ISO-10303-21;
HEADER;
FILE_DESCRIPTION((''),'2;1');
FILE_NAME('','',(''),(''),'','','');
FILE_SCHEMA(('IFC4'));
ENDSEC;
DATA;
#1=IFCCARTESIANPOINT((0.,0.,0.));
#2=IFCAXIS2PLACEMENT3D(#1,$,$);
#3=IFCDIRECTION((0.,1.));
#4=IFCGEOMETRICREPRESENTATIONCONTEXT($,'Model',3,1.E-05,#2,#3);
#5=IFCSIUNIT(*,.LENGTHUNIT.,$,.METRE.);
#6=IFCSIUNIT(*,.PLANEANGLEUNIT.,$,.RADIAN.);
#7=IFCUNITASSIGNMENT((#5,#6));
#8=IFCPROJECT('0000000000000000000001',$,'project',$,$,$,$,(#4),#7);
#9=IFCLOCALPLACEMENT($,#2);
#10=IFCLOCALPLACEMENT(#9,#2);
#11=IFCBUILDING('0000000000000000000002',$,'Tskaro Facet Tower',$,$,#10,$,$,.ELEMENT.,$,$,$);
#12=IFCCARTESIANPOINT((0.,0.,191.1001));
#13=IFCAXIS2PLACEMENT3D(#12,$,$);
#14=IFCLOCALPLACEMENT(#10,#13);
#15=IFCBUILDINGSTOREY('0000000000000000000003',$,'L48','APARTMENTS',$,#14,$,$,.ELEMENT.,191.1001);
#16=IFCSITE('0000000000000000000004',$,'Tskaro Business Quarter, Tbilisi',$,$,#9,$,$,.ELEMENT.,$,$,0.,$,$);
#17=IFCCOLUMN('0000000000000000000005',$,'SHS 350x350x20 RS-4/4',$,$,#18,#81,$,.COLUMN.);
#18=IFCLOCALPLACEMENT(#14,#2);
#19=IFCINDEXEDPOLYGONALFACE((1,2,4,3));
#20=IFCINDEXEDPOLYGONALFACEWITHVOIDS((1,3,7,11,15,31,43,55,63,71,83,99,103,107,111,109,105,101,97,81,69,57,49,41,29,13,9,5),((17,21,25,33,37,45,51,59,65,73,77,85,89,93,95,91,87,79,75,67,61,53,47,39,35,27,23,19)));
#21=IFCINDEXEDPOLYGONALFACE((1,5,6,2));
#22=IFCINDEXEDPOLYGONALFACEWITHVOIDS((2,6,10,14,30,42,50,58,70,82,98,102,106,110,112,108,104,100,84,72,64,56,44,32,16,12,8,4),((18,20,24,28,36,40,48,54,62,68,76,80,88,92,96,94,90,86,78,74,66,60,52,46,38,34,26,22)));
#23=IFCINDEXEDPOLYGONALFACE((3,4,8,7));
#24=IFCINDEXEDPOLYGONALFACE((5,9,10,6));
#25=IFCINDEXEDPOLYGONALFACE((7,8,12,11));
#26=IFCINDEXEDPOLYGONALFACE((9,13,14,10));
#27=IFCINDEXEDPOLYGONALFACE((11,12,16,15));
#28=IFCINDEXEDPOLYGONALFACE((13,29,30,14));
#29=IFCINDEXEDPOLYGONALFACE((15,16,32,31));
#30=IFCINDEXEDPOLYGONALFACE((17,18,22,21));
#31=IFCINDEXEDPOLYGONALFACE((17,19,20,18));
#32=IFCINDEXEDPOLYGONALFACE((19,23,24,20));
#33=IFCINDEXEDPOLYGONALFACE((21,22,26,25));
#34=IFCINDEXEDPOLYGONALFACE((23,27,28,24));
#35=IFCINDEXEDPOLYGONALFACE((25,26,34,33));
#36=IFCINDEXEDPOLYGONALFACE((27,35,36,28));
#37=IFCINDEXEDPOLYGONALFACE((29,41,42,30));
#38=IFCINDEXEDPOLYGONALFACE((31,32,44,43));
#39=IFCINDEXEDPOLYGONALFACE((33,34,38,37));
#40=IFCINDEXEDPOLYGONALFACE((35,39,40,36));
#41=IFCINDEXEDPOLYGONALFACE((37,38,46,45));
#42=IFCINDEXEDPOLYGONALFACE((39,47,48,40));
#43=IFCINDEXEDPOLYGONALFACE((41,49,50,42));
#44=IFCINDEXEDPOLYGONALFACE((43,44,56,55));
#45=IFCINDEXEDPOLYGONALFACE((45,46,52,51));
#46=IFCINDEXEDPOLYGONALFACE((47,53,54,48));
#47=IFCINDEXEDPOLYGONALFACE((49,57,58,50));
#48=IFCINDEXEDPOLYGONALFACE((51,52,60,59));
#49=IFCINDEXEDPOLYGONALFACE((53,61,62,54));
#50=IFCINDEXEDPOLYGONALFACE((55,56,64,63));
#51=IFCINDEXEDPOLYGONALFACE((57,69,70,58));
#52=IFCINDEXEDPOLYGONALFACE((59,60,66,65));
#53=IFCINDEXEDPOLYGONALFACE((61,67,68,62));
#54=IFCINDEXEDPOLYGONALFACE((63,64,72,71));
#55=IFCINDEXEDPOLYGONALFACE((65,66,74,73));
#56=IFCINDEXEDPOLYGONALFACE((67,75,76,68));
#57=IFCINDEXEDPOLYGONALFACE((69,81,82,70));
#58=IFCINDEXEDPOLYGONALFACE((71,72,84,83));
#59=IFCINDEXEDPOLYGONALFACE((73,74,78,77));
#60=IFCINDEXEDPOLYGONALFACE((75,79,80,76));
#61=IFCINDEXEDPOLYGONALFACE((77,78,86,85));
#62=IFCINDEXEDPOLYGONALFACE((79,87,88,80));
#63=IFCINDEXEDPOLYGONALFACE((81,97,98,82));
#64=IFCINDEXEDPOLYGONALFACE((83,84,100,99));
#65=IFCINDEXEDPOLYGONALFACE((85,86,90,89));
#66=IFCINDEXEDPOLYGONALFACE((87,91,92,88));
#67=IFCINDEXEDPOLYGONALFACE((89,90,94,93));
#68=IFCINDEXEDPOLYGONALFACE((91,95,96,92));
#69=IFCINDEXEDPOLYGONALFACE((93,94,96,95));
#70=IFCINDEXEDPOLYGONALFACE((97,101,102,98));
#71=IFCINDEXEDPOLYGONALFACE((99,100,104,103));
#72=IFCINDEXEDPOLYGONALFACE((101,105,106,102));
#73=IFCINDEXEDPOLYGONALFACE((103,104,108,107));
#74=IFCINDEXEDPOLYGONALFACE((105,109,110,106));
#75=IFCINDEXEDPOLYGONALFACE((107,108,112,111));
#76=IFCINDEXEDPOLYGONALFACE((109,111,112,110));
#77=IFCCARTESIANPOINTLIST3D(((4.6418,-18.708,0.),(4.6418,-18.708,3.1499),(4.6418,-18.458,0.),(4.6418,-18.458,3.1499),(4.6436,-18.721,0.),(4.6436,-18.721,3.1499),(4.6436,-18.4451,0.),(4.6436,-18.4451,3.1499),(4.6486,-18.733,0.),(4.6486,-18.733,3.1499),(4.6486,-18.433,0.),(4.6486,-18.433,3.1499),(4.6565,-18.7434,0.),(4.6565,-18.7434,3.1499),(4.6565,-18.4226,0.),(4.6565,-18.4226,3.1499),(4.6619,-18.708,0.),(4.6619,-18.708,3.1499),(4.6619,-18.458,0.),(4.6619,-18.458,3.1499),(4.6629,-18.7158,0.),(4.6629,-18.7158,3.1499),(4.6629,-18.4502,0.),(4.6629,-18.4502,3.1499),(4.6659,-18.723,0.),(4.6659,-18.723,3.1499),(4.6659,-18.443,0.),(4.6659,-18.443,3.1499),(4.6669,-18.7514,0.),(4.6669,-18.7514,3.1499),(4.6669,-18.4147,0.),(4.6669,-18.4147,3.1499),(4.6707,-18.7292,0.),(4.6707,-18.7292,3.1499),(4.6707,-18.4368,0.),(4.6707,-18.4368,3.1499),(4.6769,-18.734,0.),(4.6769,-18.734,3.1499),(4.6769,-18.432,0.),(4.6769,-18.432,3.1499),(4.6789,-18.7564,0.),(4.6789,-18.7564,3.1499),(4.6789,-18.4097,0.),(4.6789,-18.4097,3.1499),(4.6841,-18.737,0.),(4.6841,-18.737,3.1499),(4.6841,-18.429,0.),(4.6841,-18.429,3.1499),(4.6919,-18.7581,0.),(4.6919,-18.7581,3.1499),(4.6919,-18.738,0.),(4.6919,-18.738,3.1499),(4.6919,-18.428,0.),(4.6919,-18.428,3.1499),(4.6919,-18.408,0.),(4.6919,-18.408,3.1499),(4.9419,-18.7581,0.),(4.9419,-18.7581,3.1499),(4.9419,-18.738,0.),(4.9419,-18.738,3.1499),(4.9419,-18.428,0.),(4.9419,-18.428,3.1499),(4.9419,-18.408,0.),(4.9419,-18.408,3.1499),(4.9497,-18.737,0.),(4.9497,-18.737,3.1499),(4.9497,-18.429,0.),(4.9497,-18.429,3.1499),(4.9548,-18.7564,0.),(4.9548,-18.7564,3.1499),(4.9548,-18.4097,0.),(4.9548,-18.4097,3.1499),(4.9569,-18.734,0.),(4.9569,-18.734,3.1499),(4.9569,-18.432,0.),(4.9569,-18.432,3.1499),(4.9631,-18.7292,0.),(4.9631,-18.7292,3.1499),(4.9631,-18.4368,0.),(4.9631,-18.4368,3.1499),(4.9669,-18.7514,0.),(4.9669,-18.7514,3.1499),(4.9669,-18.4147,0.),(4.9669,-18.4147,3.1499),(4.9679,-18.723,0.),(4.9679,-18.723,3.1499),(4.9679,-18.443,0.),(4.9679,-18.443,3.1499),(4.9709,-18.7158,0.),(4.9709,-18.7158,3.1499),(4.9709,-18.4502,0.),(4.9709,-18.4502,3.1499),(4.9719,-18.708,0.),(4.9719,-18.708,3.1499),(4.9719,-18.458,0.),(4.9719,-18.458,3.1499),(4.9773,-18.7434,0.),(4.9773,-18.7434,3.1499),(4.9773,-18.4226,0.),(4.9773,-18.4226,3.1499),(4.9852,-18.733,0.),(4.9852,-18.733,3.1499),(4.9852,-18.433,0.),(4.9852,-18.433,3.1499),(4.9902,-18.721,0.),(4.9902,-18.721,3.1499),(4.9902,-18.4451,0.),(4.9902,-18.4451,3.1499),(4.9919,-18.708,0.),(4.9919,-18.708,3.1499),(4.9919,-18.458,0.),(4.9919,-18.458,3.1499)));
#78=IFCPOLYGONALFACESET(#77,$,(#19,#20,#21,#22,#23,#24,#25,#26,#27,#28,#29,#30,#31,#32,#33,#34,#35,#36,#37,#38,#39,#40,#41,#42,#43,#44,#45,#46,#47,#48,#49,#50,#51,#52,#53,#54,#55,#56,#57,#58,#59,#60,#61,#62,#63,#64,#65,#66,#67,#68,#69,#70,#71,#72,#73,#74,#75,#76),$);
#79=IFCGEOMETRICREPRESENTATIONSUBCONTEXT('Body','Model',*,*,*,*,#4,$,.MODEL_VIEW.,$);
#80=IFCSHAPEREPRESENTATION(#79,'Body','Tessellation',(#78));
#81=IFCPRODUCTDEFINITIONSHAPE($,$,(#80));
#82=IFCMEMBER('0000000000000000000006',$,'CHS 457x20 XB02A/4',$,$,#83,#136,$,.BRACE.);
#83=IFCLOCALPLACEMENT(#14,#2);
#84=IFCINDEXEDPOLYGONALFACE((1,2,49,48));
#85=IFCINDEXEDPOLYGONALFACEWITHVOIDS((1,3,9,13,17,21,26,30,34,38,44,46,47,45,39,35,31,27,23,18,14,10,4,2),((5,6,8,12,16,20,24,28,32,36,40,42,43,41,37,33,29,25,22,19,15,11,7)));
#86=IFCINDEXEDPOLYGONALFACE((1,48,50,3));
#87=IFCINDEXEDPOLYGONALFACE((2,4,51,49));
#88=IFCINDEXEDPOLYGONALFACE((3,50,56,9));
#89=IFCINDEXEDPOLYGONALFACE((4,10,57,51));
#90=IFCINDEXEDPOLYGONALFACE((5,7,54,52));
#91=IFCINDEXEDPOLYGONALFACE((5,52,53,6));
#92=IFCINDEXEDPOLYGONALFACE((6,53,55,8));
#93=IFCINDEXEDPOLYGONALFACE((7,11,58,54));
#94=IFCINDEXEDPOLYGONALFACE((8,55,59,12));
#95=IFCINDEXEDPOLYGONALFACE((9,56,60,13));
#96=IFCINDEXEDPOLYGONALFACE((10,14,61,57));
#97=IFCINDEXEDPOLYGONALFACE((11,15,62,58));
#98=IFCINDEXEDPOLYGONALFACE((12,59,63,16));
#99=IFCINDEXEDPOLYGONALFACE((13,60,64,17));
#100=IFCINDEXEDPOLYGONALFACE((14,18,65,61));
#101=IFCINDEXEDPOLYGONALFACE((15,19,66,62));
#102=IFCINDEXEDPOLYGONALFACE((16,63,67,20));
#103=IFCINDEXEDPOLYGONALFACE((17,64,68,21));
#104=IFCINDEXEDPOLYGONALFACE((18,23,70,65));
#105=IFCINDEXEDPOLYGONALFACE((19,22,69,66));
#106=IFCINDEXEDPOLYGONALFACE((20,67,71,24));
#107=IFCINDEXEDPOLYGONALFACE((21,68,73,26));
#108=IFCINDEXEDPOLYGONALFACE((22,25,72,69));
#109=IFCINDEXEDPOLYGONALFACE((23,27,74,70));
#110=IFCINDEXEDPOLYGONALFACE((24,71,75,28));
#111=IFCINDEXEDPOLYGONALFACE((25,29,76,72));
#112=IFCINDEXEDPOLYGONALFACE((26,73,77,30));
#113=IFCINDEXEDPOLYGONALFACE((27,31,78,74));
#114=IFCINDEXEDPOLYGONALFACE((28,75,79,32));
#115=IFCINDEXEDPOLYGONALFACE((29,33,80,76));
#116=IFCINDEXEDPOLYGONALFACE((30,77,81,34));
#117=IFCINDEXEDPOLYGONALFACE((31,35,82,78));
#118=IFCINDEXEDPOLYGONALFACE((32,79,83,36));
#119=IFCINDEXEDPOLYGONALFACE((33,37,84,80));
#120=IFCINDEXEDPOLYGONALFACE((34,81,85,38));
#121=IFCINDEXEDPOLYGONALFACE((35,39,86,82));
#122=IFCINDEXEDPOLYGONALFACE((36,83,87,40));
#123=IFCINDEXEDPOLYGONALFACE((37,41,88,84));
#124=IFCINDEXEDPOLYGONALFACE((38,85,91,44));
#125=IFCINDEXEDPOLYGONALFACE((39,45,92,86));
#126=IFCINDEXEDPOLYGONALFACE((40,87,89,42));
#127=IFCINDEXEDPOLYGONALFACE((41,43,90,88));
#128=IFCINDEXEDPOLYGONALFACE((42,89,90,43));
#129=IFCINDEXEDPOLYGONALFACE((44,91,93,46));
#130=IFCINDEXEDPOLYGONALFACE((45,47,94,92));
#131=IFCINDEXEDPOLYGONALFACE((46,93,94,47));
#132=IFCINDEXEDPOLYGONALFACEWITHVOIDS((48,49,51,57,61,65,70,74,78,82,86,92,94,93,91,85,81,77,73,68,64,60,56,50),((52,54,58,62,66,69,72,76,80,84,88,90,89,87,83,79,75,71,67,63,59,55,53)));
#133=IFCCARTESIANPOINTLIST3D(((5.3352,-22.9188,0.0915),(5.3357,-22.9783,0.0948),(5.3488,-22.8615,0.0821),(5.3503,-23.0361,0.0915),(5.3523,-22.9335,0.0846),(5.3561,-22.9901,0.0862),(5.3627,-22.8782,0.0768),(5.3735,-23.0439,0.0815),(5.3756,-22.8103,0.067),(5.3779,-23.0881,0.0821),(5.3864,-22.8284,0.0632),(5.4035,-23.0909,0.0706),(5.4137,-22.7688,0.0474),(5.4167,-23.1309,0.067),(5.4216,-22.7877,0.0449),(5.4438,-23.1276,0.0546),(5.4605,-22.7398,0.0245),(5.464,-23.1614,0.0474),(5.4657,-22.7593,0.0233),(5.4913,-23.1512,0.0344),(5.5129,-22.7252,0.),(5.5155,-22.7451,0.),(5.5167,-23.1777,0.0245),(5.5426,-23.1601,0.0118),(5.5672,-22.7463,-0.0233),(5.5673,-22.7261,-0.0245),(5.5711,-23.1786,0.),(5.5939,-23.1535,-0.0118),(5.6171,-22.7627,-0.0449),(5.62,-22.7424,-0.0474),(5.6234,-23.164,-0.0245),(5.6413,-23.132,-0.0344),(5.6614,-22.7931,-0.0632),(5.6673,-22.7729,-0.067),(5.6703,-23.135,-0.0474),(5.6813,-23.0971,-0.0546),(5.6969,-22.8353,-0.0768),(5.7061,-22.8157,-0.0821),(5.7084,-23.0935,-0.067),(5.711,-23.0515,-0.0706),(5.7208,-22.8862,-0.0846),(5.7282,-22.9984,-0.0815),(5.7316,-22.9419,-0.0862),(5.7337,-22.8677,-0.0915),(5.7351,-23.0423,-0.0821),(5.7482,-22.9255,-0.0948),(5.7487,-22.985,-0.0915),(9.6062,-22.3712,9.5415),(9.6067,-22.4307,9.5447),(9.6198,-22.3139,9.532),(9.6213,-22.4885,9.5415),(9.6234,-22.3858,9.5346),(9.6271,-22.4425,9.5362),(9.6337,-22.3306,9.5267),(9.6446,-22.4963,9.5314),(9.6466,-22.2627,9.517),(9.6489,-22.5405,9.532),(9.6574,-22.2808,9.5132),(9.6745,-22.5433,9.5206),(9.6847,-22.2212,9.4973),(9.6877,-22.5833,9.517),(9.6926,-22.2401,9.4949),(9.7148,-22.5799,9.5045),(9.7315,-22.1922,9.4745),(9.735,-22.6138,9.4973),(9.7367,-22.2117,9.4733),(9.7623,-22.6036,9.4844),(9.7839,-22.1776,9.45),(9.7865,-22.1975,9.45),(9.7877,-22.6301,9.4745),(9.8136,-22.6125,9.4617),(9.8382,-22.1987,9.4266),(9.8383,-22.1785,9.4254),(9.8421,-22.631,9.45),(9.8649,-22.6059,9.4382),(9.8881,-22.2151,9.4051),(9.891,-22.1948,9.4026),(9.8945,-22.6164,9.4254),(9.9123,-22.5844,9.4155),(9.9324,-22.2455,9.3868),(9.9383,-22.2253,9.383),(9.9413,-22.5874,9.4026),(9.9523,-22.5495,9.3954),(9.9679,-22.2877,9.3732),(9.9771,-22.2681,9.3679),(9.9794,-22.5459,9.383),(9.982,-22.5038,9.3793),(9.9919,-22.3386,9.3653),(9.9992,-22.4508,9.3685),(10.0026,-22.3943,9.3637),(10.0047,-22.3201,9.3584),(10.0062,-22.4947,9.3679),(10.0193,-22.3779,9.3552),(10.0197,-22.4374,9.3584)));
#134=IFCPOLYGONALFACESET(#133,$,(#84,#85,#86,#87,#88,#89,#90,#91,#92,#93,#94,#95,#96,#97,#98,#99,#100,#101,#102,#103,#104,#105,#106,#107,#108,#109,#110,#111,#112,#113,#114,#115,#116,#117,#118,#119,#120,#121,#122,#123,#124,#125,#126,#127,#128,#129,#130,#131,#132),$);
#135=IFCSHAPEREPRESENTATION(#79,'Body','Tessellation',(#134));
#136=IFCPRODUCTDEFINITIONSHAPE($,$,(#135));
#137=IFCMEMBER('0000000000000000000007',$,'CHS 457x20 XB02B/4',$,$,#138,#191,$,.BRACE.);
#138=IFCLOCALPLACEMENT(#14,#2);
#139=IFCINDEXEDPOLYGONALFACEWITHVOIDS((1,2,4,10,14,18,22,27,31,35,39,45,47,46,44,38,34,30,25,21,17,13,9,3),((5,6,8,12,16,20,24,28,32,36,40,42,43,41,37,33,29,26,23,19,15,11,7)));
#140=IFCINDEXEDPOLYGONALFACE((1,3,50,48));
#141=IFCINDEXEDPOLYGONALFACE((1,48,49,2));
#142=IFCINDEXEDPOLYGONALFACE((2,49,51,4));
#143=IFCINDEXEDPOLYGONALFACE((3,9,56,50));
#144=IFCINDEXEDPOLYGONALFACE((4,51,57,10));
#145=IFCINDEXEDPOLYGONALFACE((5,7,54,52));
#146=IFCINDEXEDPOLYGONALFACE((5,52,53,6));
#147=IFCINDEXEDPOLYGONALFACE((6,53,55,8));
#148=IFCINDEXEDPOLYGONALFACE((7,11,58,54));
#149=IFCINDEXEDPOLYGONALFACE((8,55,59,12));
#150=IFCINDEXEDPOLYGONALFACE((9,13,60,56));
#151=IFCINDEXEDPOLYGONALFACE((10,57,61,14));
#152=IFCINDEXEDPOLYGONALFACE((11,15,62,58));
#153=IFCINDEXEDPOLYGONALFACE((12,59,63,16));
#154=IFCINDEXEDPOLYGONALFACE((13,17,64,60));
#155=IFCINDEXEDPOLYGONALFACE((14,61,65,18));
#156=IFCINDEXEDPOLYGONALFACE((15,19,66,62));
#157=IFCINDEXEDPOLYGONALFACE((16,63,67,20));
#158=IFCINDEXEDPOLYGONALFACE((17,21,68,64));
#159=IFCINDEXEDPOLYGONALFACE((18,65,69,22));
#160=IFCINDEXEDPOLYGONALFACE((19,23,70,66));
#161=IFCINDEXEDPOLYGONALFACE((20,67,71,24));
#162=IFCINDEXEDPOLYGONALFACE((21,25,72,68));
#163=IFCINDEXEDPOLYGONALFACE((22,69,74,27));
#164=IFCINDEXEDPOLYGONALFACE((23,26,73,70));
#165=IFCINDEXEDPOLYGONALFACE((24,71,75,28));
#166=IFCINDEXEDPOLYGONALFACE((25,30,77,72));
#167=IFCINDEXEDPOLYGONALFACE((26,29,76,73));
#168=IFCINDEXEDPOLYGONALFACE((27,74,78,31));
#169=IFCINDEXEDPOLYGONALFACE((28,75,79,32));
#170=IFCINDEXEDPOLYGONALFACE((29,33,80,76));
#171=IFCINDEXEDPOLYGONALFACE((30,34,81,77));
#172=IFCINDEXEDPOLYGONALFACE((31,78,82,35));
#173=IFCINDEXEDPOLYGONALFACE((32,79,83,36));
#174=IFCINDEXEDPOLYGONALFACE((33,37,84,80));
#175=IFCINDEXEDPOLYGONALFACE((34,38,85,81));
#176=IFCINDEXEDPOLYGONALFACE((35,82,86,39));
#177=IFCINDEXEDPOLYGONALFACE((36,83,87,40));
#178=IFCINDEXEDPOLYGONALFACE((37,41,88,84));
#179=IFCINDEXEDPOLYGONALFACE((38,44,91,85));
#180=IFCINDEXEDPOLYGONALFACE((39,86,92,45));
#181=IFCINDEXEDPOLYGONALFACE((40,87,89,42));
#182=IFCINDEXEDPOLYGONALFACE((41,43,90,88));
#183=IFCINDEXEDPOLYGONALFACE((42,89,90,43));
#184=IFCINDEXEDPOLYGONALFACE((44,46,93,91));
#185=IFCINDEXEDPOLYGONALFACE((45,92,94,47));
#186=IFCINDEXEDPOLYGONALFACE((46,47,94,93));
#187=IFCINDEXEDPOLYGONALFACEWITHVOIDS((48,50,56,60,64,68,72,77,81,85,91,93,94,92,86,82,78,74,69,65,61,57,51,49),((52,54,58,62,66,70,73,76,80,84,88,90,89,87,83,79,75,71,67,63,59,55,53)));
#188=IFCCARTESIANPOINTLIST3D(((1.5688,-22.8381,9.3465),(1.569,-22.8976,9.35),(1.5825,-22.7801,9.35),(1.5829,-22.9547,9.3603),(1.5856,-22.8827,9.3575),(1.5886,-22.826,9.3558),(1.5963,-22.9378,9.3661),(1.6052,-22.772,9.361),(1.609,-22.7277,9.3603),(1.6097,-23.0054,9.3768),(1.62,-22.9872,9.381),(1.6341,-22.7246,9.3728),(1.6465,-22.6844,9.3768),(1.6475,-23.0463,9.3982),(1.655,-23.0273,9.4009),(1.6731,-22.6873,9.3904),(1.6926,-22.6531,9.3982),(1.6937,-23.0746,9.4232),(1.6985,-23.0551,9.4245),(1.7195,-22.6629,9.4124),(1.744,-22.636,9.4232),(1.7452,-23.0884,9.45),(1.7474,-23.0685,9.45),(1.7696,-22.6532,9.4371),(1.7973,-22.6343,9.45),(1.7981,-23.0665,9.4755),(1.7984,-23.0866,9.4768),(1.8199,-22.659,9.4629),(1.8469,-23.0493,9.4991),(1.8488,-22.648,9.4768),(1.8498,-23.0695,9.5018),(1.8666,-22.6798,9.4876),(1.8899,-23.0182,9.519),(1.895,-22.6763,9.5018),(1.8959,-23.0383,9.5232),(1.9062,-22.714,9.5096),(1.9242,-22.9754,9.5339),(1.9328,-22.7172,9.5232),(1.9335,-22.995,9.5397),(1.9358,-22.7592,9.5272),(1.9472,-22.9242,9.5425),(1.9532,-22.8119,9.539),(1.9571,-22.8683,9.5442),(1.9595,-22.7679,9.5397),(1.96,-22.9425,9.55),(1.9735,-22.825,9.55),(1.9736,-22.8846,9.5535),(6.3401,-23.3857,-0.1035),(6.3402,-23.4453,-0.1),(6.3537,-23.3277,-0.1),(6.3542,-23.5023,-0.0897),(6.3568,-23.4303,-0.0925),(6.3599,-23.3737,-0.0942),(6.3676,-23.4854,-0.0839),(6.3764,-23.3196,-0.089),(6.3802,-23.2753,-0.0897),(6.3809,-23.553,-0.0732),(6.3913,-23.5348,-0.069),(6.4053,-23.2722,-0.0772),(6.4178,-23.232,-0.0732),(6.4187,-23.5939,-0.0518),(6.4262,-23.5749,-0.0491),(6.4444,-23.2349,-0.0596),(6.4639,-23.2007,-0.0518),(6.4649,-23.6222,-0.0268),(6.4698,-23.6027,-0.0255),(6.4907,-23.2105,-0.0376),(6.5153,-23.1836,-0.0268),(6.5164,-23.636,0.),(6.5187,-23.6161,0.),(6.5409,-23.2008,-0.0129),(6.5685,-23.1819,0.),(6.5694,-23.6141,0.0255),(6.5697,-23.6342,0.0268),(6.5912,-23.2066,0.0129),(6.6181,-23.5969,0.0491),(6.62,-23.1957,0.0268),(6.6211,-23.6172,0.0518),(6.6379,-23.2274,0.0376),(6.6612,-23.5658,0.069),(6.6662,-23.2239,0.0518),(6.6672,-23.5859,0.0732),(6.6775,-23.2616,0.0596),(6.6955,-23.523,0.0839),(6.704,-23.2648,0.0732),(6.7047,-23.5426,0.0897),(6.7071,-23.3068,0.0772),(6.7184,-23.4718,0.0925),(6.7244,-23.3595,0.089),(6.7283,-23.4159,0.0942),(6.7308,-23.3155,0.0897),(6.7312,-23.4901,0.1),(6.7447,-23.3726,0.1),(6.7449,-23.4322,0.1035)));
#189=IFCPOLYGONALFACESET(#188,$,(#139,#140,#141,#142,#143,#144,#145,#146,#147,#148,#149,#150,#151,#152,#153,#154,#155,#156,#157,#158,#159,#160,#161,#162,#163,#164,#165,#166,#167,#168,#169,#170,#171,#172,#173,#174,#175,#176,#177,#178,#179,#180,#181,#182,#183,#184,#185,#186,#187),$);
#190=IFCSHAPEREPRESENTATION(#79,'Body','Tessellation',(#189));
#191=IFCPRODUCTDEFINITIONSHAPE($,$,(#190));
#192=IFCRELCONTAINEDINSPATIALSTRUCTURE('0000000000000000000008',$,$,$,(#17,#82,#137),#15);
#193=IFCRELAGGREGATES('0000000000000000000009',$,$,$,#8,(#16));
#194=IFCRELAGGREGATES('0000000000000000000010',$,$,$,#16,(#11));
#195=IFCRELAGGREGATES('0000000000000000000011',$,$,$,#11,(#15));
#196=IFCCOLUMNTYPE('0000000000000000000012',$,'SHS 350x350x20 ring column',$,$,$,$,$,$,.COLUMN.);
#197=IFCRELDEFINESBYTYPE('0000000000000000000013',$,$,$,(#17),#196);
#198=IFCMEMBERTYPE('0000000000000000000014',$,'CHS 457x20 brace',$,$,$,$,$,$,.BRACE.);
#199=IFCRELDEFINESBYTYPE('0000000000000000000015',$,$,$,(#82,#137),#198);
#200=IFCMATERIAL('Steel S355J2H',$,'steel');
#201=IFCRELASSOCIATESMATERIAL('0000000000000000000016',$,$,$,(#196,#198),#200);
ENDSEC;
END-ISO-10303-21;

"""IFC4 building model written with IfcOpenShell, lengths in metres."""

from ifc_helpers import new_model, si_unit, direction, frame, origin, origin_2d, place, context, subcontext, project, spatial, hollow_rectangle, hollow_circle, extrude, material, material_profile, profile_set, type_object, element, save


model = new_model("IFC4")

# Units and contexts
model_context = context("Model", 3, precision=1e-05, world=origin(), true_north=direction((0.0, 1.0)))
body_context = subcontext(model_context, "Body", "Model", "MODEL_VIEW")
ifc_project = project(units=[si_unit("LENGTHUNIT", "METRE"), si_unit("PLANEANGLEUNIT", "RADIAN")], contexts=[model_context])

# Site, building, storey
site_placement = place(None, origin())
site = spatial("IfcSite", under=ifc_project, at=site_placement, Name="Tskaro Business Quarter, Tbilisi", CompositionType="ELEMENT", RefElevation=0.0)
building_placement = place(site_placement, origin())
building = spatial("IfcBuilding", under=site, at=building_placement, Name="Tskaro Facet Tower", CompositionType="ELEMENT")
storey_placement = place(building_placement, frame((0.0, 0.0, 191.1001)))
storey = spatial("IfcBuildingStorey", under=building, at=storey_placement, Name="L48", Description="APARTMENTS", CompositionType="ELEMENT", Elevation=191.1001)

# Column
ifc_material_1 = material(Name="Steel S355J2H", Category="steel")
ifc_material_profile_1 = material_profile(ifc_material_1, hollow_rectangle(XDim=0.3501, YDim=0.3501, WallThickness=0.02, InnerFilletRadius=0.03, OuterFilletRadius=0.05, at=origin_2d()), Name="SHS 350x350x20")
ifc_profile_set_1 = profile_set([ifc_material_profile_1], Name="Steel S355J2H")
column_type = type_object("IfcColumnType", Name="SHS 350x350x20 ring column", PredefinedType="COLUMN", material=ifc_profile_set_1)
column_placement = place(storey_placement, frame((4.8169, -18.583, 0.0), z_axis=(0.0, 0.0, 1.0), x_axis=(1.0, 0.0, 0.0)))
element("IfcColumn", 1, at=column_placement, inside=storey, type_object=column_type, Name="SHS 350x350x20 RS-4/4", PredefinedType="COLUMN", context=body_context, shape_type="SweptSolid", body=[
    extrude(hollow_rectangle(XDim=0.3501, YDim=0.3501, WallThickness=0.02, InnerFilletRadius=0.03, OuterFilletRadius=0.05, at=origin_2d()), origin(), (0.0, 0.0, 1.0), 3.1499),
])

# Members
ifc_material_profile_2 = material_profile(ifc_material_1, hollow_circle(Radius=0.2285, WallThickness=0.02, at=origin_2d()), Name="CHS 457x20")
ifc_profile_set_2 = profile_set([ifc_material_profile_2], Name="Steel S355J2H")
member_type_1 = type_object("IfcMemberType", Name="CHS 457x20 brace", PredefinedType="BRACE", material=ifc_profile_set_2)
member_1_placement = place(storey_placement, frame((5.542, -22.9519, 0.0), z_axis=(0.411276, 0.052732, 0.909984), x_axis=(-0.127174, 0.99188, 0.0)))
element("IfcMember", 2, at=member_1_placement, inside=storey, type_object=member_type_1, Name="CHS 457x20 XB02A/4", PredefinedType="BRACE", context=body_context, shape_type="SweptSolid", body=[
    extrude(hollow_circle(Radius=0.2285, WallThickness=0.02, at=origin_2d()), origin(), (0.0, 0.0, 1.0), 10.3848),
])
member_2_placement = place(storey_placement, frame((6.5425, -23.4089, 0.0), z_axis=(-0.450105, 0.05166, 0.89148), x_axis=(-0.114024, -0.993478, 0.0)))
element("IfcMember", 3, at=member_2_placement, inside=storey, type_object=member_type_1, Name="CHS 457x20 XB02B/4", PredefinedType="BRACE", context=body_context, shape_type="SweptSolid", body=[
    extrude(hollow_circle(Radius=0.2285, WallThickness=0.02, at=origin_2d()), origin(), (0.0, 0.0, 1.0), 10.6003),
])

save(model, "model.ifc")
